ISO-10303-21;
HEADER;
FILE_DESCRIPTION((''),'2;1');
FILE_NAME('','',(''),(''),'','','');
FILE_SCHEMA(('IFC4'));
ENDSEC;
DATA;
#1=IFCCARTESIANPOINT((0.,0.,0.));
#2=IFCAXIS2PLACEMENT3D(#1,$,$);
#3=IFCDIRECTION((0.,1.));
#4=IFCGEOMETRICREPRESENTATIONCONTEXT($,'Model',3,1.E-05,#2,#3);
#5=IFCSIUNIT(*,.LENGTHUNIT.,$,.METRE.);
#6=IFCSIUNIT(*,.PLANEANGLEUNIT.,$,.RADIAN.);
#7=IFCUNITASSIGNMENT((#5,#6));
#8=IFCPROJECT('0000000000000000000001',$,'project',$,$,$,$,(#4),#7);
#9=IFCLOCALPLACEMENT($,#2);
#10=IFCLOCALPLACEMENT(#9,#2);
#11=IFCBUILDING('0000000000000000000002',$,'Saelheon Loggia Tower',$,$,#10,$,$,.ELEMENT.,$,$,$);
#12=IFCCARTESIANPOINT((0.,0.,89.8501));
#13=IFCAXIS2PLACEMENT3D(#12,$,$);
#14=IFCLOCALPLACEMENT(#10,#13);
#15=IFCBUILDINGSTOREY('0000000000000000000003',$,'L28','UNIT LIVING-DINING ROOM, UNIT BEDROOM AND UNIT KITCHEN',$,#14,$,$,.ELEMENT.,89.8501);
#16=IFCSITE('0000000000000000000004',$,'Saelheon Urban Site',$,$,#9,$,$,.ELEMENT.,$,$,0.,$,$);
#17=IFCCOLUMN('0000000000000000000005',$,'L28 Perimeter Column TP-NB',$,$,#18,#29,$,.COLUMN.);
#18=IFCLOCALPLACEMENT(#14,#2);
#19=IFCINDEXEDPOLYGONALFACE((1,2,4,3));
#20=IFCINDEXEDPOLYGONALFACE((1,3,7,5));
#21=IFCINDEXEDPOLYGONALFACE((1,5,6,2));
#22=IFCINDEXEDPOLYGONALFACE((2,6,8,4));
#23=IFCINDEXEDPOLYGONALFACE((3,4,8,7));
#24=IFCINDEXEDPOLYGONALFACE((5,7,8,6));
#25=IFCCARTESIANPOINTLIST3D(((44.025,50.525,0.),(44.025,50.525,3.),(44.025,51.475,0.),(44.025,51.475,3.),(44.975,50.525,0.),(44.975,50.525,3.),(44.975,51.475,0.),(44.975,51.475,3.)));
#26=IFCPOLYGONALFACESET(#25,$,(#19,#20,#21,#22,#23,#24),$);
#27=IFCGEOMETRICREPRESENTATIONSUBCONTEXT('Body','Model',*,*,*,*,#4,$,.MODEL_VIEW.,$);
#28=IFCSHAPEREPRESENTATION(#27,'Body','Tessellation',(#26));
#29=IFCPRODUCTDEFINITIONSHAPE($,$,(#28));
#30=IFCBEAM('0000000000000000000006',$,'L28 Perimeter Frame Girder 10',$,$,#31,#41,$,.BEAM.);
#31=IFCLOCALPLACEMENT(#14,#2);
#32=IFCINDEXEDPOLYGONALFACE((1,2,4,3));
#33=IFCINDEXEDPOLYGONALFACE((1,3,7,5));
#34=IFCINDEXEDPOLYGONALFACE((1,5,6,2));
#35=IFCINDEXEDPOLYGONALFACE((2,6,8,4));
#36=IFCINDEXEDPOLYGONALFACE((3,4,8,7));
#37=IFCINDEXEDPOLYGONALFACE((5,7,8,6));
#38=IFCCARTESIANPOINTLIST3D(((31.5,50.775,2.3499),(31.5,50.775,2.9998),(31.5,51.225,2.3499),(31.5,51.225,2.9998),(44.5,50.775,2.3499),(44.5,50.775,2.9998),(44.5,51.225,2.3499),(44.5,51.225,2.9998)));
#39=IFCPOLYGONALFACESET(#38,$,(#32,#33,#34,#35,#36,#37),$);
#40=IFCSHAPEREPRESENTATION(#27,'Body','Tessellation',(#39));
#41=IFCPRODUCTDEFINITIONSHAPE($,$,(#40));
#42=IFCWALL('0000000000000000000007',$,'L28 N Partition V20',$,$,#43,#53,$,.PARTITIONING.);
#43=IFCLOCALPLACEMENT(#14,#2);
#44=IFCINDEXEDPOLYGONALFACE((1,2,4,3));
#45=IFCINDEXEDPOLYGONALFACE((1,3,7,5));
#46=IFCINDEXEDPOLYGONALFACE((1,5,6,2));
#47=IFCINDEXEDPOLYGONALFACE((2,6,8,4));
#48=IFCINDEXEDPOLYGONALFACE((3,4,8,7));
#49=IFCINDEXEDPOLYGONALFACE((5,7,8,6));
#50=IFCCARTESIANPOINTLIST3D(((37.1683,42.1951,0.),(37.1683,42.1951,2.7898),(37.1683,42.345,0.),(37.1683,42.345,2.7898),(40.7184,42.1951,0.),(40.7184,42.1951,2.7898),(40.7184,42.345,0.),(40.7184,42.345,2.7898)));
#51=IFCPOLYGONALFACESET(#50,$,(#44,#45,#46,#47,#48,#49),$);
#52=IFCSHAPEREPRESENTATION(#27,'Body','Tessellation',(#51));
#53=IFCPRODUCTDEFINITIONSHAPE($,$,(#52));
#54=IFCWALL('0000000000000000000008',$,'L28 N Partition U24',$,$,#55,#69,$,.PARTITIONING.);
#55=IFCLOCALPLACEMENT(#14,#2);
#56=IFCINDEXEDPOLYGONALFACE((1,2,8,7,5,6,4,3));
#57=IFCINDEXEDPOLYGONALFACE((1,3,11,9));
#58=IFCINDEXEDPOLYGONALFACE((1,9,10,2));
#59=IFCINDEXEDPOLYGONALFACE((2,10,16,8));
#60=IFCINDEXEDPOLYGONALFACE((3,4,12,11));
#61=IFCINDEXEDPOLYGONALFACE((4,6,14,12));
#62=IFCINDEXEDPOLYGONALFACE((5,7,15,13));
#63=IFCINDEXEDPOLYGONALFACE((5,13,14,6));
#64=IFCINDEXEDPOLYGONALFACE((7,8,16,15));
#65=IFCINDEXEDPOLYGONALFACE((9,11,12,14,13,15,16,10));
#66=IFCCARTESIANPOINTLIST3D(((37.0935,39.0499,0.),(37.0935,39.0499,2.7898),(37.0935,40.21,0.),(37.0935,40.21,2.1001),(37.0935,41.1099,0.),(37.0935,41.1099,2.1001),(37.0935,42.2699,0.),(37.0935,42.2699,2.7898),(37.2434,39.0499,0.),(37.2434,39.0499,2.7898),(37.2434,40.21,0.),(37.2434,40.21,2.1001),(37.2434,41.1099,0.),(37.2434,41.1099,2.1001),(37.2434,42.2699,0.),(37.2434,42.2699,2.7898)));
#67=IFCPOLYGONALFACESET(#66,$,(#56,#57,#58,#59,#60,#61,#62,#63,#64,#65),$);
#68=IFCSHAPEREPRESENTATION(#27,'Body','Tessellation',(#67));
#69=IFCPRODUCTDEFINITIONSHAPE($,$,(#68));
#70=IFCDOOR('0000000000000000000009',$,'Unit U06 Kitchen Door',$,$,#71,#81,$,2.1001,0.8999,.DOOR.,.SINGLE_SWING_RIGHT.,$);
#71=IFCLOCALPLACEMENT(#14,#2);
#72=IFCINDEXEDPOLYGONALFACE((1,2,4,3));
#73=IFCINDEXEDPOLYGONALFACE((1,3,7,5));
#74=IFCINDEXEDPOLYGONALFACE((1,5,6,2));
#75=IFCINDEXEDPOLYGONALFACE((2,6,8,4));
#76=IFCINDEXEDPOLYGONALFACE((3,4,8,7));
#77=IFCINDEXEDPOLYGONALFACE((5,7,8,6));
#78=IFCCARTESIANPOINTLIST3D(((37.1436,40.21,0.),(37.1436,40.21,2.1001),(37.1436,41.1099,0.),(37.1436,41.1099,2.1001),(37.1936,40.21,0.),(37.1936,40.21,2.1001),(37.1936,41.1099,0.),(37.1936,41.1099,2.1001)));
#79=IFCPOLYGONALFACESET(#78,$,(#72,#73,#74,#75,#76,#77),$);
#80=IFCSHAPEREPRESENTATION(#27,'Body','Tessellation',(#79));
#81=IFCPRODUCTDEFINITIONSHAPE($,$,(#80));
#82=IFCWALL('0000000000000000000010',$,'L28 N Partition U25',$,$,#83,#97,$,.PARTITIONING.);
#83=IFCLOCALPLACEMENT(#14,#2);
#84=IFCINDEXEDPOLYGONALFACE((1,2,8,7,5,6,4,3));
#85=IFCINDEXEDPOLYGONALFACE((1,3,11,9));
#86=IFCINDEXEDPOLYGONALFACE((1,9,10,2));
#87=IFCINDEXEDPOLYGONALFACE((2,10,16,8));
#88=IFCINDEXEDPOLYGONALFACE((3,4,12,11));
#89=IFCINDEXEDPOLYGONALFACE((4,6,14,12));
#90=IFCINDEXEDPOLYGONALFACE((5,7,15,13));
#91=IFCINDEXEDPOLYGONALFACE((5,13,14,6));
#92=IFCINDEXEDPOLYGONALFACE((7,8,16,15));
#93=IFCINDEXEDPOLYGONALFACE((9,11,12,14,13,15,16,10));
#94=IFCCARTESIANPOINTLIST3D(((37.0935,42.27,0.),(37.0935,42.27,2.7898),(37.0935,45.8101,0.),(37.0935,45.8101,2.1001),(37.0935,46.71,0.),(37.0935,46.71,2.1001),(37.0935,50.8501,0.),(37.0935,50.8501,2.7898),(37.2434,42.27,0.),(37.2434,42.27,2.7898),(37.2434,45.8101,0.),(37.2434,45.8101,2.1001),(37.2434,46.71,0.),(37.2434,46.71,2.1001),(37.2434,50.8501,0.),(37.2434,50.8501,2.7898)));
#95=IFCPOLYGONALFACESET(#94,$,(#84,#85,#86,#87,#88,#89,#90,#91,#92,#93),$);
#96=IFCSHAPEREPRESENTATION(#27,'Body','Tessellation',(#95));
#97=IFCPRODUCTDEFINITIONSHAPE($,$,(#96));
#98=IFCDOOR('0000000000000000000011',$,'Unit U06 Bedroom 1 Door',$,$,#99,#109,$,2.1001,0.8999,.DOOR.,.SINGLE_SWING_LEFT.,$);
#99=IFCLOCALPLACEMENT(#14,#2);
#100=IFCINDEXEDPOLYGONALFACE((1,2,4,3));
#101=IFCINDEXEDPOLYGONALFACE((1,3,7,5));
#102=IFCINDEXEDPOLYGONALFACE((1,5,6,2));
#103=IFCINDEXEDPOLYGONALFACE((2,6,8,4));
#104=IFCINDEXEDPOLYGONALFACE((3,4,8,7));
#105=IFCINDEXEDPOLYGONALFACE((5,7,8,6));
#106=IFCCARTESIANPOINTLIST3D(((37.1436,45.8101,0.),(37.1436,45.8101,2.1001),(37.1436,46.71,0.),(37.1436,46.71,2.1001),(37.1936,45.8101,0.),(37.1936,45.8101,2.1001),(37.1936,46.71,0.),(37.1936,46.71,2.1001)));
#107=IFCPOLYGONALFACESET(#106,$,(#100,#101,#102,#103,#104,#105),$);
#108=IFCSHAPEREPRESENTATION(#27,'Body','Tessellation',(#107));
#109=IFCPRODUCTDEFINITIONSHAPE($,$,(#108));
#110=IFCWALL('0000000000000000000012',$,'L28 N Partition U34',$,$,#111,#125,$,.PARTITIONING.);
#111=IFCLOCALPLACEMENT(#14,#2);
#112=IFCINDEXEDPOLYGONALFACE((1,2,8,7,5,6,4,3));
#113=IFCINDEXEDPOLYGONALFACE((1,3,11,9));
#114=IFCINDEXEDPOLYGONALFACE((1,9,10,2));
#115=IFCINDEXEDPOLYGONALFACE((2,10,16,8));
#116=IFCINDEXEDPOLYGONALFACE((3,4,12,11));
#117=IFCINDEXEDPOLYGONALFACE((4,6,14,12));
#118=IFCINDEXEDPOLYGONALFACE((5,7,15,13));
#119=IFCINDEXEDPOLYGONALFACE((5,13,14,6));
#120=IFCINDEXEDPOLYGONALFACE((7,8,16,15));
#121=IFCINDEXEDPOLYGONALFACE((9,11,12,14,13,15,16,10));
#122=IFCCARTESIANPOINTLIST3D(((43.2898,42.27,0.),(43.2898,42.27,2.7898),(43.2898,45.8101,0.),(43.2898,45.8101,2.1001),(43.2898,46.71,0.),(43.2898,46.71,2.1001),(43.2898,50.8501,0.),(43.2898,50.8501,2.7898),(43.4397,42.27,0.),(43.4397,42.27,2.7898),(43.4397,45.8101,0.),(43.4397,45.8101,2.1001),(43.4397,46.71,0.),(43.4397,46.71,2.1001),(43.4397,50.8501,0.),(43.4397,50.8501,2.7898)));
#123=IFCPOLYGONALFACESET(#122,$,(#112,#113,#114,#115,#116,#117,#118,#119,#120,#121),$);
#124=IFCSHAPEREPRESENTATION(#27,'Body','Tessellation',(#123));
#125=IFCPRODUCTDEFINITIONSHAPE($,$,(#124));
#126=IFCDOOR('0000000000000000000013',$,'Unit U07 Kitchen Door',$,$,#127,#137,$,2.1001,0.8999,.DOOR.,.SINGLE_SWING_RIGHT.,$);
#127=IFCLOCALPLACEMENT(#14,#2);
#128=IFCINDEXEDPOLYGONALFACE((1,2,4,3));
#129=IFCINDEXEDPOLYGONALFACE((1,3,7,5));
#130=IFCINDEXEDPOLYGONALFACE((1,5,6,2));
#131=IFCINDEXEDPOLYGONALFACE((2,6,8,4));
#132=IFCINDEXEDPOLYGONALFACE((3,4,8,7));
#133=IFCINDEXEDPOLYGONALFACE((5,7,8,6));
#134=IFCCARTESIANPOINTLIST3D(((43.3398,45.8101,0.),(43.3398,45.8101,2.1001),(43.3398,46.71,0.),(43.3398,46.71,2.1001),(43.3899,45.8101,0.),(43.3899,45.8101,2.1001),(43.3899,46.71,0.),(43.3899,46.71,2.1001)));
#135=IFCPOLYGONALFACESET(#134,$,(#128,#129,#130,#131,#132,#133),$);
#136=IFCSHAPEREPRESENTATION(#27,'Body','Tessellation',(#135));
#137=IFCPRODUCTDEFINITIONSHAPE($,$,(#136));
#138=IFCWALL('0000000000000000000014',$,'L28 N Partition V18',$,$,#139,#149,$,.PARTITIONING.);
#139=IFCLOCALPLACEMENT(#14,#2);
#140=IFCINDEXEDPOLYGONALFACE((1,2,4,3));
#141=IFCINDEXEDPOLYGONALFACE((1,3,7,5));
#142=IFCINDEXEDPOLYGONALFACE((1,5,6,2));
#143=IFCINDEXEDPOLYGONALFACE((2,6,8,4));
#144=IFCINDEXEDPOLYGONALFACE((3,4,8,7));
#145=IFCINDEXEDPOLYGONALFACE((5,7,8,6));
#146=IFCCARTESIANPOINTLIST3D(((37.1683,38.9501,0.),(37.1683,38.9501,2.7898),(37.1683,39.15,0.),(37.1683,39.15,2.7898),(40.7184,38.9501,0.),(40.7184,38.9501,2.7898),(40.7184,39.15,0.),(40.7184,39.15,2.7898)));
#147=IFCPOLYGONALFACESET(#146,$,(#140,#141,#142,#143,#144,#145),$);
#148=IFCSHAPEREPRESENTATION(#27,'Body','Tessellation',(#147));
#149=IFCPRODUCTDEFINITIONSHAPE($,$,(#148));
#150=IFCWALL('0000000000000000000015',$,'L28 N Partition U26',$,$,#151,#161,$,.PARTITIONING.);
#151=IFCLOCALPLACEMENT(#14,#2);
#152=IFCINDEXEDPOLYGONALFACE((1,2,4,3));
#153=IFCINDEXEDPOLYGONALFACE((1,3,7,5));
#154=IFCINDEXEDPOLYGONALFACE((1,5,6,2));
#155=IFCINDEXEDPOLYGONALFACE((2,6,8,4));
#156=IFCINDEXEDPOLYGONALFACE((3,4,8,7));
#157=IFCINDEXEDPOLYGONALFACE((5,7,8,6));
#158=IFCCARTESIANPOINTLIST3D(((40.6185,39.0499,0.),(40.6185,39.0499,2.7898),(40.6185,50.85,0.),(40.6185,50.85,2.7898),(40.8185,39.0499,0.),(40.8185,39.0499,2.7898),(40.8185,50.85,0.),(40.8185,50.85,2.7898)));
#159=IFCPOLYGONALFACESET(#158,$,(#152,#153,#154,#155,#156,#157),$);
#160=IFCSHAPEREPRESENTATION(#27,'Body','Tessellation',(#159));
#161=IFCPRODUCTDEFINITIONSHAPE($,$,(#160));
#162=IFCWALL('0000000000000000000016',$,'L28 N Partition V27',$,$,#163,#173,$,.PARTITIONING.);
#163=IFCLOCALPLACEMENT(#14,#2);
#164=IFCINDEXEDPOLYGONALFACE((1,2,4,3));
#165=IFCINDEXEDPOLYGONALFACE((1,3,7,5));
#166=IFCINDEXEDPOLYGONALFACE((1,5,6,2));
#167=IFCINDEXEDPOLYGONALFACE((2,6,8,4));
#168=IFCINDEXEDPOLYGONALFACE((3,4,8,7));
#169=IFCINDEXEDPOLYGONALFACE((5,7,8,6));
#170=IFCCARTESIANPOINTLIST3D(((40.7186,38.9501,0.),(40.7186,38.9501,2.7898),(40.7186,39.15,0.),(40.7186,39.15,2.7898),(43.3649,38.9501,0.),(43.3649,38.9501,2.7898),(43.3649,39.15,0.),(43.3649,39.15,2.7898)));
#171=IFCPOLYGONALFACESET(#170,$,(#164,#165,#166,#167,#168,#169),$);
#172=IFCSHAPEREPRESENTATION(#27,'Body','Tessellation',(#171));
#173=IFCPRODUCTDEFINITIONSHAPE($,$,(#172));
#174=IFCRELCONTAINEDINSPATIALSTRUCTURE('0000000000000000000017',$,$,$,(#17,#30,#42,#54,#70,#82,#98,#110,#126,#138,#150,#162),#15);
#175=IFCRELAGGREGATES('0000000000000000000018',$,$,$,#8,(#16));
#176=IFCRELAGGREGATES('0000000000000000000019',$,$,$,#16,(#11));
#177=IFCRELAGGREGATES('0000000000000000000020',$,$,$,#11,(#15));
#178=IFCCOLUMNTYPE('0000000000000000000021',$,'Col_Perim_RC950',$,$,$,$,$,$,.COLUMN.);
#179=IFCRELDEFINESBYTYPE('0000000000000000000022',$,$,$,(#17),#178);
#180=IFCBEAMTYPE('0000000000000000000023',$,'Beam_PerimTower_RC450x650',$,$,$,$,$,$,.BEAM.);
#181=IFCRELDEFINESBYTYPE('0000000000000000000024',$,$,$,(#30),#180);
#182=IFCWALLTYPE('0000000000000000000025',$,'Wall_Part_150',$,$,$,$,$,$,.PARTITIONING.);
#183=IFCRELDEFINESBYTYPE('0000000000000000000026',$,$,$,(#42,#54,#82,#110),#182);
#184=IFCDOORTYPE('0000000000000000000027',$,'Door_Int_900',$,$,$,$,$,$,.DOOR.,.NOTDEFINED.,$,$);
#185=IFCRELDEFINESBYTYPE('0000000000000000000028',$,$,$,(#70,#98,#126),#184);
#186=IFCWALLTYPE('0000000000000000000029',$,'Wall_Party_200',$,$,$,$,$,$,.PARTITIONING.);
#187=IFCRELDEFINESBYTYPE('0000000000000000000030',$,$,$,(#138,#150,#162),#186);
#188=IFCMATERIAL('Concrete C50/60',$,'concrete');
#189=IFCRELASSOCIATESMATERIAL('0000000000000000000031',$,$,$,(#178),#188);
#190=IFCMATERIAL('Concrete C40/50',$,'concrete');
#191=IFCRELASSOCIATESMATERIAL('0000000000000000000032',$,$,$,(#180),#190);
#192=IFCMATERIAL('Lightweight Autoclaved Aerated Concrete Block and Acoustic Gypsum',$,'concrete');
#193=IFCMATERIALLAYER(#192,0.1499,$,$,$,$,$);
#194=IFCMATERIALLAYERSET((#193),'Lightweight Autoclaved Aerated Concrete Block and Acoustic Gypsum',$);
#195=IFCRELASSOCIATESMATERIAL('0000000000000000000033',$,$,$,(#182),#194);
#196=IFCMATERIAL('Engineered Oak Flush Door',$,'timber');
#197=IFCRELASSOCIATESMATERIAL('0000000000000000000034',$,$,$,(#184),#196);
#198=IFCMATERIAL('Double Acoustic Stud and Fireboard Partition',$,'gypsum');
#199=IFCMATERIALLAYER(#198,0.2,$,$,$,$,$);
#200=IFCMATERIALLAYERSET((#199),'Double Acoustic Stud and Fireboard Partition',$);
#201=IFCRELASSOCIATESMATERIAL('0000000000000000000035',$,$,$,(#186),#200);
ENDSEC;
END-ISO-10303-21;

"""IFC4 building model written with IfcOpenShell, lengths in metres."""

from ifc_helpers import new_model, si_unit, direction, frame, frame_2d, origin, origin_2d, place, context, subcontext, project, spatial, rectangle, extrude, source, transform, mapped, material, layer, layer_set, material_profile, profile_set, type_object, element, fill, save


model = new_model("IFC4")

# Units and contexts
model_context = context("Model", 3, precision=1e-05, world=origin(), true_north=direction((0.0, 1.0)))
body_context = subcontext(model_context, "Body", "Model", "MODEL_VIEW")
ifc_project = project(units=[si_unit("LENGTHUNIT", "METRE"), si_unit("PLANEANGLEUNIT", "RADIAN")], contexts=[model_context])

# Site, building, storey
site_placement = place(None, origin())
site = spatial("IfcSite", under=ifc_project, at=site_placement, Name="Saelheon Urban Site", CompositionType="ELEMENT", RefElevation=0.0)
building_placement = place(site_placement, origin())
building = spatial("IfcBuilding", under=site, at=building_placement, Name="Saelheon Loggia Tower", CompositionType="ELEMENT")
storey_placement = place(building_placement, frame((0.0, 0.0, 89.8501)))
storey = spatial("IfcBuildingStorey", under=building, at=storey_placement, Name="L28", Description="UNIT LIVING-DINING ROOM, UNIT BEDROOM AND UNIT KITCHEN", CompositionType="ELEMENT", Elevation=89.8501)

# Column
ifc_material_1 = material(Name="Concrete C50/60", Category="concrete")
ifc_material_profile_1 = material_profile(ifc_material_1, rectangle(XDim=0.95, YDim=0.95, at=origin_2d()), Name="RC-950x950")
ifc_profile_set_1 = profile_set([ifc_material_profile_1], Name="Concrete C50/60")
column_type = type_object("IfcColumnType", Name="Col_Perim_RC950", PredefinedType="COLUMN", material=ifc_profile_set_1)
shared_shape_1 = source(origin(), body_context, "Body", "SweptSolid", [
    extrude(rectangle(XDim=0.95, YDim=0.95, at=origin_2d()), origin(), (0.0, 0.0, 1.0), 3.0),
])
column_placement = place(storey_placement, frame((44.5, 51.0, 0.0), z_axis=(0.0, 0.0, 1.0), x_axis=(1.0, 0.0, 0.0)))
element("IfcColumn", 1, at=column_placement, inside=storey, type_object=column_type, Name="L28 Perimeter Column TP-NB", PredefinedType="COLUMN", context=body_context, shape_type="MappedRepresentation", body=[
    mapped(shared_shape_1, transform((0.0, 0.0, 0.0), scale=1.0)),
])

# Beam
ifc_material_2 = material(Name="Concrete C40/50", Category="concrete")
ifc_material_profile_2 = material_profile(ifc_material_2, rectangle(XDim=0.45, YDim=0.6499, at=origin_2d()), Name="RC-450x650")
ifc_profile_set_2 = profile_set([ifc_material_profile_2], Name="Concrete C40/50")
beam_type = type_object("IfcBeamType", Name="Beam_PerimTower_RC450x650", PredefinedType="BEAM", material=ifc_profile_set_2)
shared_shape_2 = source(origin(), body_context, "Body", "SweptSolid", [
    extrude(rectangle(XDim=0.45, YDim=0.6499, at=origin_2d()), origin(), (0.0, 0.0, 1.0), 13.0),
])
beam_placement = place(storey_placement, frame((44.5, 51.0, 2.6748), z_axis=(-1.0, 0.0, 0.0), x_axis=(0.0, -1.0, 0.0)))
element("IfcBeam", 2, at=beam_placement, inside=storey, type_object=beam_type, Name="L28 Perimeter Frame Girder 10", PredefinedType="BEAM", context=body_context, shape_type="MappedRepresentation", body=[
    mapped(shared_shape_2, transform((0.0, 0.0, 0.0), scale=1.0)),
])

# Wall
ifc_material_3 = material(Name="Lightweight Autoclaved Aerated Concrete Block and Acoustic Gypsum", Category="concrete")
ifc_layer_1 = layer(ifc_material_3, 0.1499)
ifc_layer_set_1 = layer_set([ifc_layer_1], Name="Lightweight Autoclaved Aerated Concrete Block and Acoustic Gypsum")
wall_type_1 = type_object("IfcWallType", Name="Wall_Part_150", PredefinedType="PARTITIONING", material=ifc_layer_set_1)
wall_1_placement = place(storey_placement, frame((37.1685, 42.27, 0.0), z_axis=(0.0, 0.0, 1.0), x_axis=(1.0, 0.0, 0.0)))
element("IfcWall", 3, at=wall_1_placement, inside=storey, type_object=wall_type_1, Name="L28 N Partition V20", PredefinedType="PARTITIONING", context=body_context, shape_type="SweptSolid", body=[
    extrude(rectangle(XDim=3.55, YDim=0.1499, at=frame_2d((1.7749, 0.0))), origin(), (0.0, 0.0, 1.0), 2.7898),
])

# Walls, openings, doors
wall_2_placement = place(storey_placement, frame((37.1685, 39.05, 0.0), z_axis=(0.0, 0.0, 1.0), x_axis=(0.0, 1.0, 0.0)))
wall_2 = element("IfcWall", 4, at=wall_2_placement, inside=storey, type_object=wall_type_1, Name="L28 N Partition U24", PredefinedType="PARTITIONING", context=body_context, shape_type="SweptSolid", body=[
    extrude(rectangle(XDim=3.22, YDim=0.1499, at=frame_2d((1.6099, 0.0))), origin(), (0.0, 0.0, 1.0), 2.7898),
])
opening_1_placement = place(wall_2_placement, frame((1.1599, 0.0, 0.0)))
opening_1 = element("IfcOpeningElement", 5, at=opening_1_placement, cuts=wall_2, PredefinedType="OPENING", context=body_context, shape_type="SweptSolid", body=[
    extrude(rectangle(XDim=0.8999, YDim=2.1001, at=frame_2d((0.45, 1.05))), frame((0.0, 0.0869, 0.0), z_axis=(0.0, -1.0, 0.0), x_axis=(1.0, 0.0, 0.0)), (0.0, 0.0, 1.0), 0.1738),
])
ifc_material_4 = material(Name="Engineered Oak Flush Door", Category="timber")
door_type_1 = type_object("IfcDoorType", Name="Door_Int_900", OperationType="NOTDEFINED", PredefinedType="DOOR", material=ifc_material_4)
shared_shape_3 = source(origin(), body_context, "Body", "SweptSolid", [
    extrude(rectangle(XDim=0.8999, YDim=2.1001, at=frame_2d((0.45, 1.05))), frame((0.0, 0.0249, 0.0), z_axis=(0.0, -1.0, 0.0), x_axis=(1.0, 0.0, 0.0)), (0.0, 0.0, 1.0), 0.05),
])
door_1_placement = place(opening_1_placement, origin())
door_1 = element("IfcDoor", 6, at=door_1_placement, inside=storey, type_object=door_type_1, Name="Unit U06 Kitchen Door", OperationType="SINGLE_SWING_RIGHT", OverallHeight=2.1001, OverallWidth=0.8999, PredefinedType="DOOR", context=body_context, shape_type="MappedRepresentation", body=[
    mapped(shared_shape_3, transform((0.0, 0.0, 0.0), scale=1.0)),
])
fill(opening_1, door_1)
wall_3_placement = place(storey_placement, frame((37.1685, 42.27, 0.0), z_axis=(0.0, 0.0, 1.0), x_axis=(0.0, 1.0, 0.0)))
wall_3 = element("IfcWall", 7, at=wall_3_placement, inside=storey, type_object=wall_type_1, Name="L28 N Partition U25", PredefinedType="PARTITIONING", context=body_context, shape_type="SweptSolid", body=[
    extrude(rectangle(XDim=8.5801, YDim=0.1499, at=frame_2d((4.29, 0.0))), origin(), (0.0, 0.0, 1.0), 2.7898),
])
opening_2_placement = place(wall_3_placement, frame((3.54, 0.0, 0.0)))
opening_2 = element("IfcOpeningElement", 8, at=opening_2_placement, cuts=wall_3, PredefinedType="OPENING", context=body_context, shape_type="SweptSolid", body=[
    extrude(rectangle(XDim=0.8999, YDim=2.1001, at=frame_2d((0.45, 1.05))), frame((0.0, 0.0869, 0.0), z_axis=(0.0, -1.0, 0.0), x_axis=(1.0, 0.0, 0.0)), (0.0, 0.0, 1.0), 0.1738),
])
door_2_placement = place(opening_2_placement, origin())
door_2 = element("IfcDoor", 9, at=door_2_placement, inside=storey, type_object=door_type_1, Name="Unit U06 Bedroom 1 Door", OperationType="SINGLE_SWING_LEFT", OverallHeight=2.1001, OverallWidth=0.8999, PredefinedType="DOOR", context=body_context, shape_type="MappedRepresentation", body=[
    mapped(shared_shape_3, transform((0.0, 0.0, 0.0), scale=1.0)),
])
fill(opening_2, door_2)
wall_4_placement = place(storey_placement, frame((43.3647, 42.27, 0.0), z_axis=(0.0, 0.0, 1.0), x_axis=(0.0, 1.0, 0.0)))
wall_4 = element("IfcWall", 10, at=wall_4_placement, inside=storey, type_object=wall_type_1, Name="L28 N Partition U34", PredefinedType="PARTITIONING", context=body_context, shape_type="SweptSolid", body=[
    extrude(rectangle(XDim=8.5801, YDim=0.1499, at=frame_2d((4.29, 0.0))), origin(), (0.0, 0.0, 1.0), 2.7898),
])
opening_3_placement = place(wall_4_placement, frame((3.54, 0.0, 0.0)))
opening_3 = element("IfcOpeningElement", 11, at=opening_3_placement, cuts=wall_4, PredefinedType="OPENING", context=body_context, shape_type="SweptSolid", body=[
    extrude(rectangle(XDim=0.8999, YDim=2.1001, at=frame_2d((0.45, 1.05))), frame((0.0, 0.0869, 0.0), z_axis=(0.0, -1.0, 0.0), x_axis=(1.0, 0.0, 0.0)), (0.0, 0.0, 1.0), 0.1738),
])
door_3_placement = place(opening_3_placement, origin())
door_3 = element("IfcDoor", 12, at=door_3_placement, inside=storey, type_object=door_type_1, Name="Unit U07 Kitchen Door", OperationType="SINGLE_SWING_RIGHT", OverallHeight=2.1001, OverallWidth=0.8999, PredefinedType="DOOR", context=body_context, shape_type="MappedRepresentation", body=[
    mapped(shared_shape_3, transform((0.0, 0.0, 0.0), scale=1.0)),
])
fill(opening_3, door_3)

# Walls
ifc_material_5 = material(Name="Double Acoustic Stud and Fireboard Partition", Category="gypsum")
ifc_layer_2 = layer(ifc_material_5, 0.2)
ifc_layer_set_2 = layer_set([ifc_layer_2], Name="Double Acoustic Stud and Fireboard Partition")
wall_type_2 = type_object("IfcWallType", Name="Wall_Party_200", PredefinedType="PARTITIONING", material=ifc_layer_set_2)
wall_5_placement = place(storey_placement, frame((37.1685, 39.05, 0.0), z_axis=(0.0, 0.0, 1.0), x_axis=(1.0, 0.0, 0.0)))
element("IfcWall", 13, at=wall_5_placement, inside=storey, type_object=wall_type_2, Name="L28 N Partition V18", PredefinedType="PARTITIONING", context=body_context, shape_type="SweptSolid", body=[
    extrude(rectangle(XDim=3.55, YDim=0.2, at=frame_2d((1.7749, 0.0))), origin(), (0.0, 0.0, 1.0), 2.7898),
])
wall_6_placement = place(storey_placement, frame((40.7185, 39.05, 0.0), z_axis=(0.0, 0.0, 1.0), x_axis=(0.0, 1.0, 0.0)))
element("IfcWall", 14, at=wall_6_placement, inside=storey, type_object=wall_type_2, Name="L28 N Partition U26", PredefinedType="PARTITIONING", context=body_context, shape_type="SweptSolid", body=[
    extrude(rectangle(XDim=11.8, YDim=0.2, at=frame_2d((5.8999, 0.0))), origin(), (0.0, 0.0, 1.0), 2.7898),
])
wall_7_placement = place(storey_placement, frame((40.7185, 39.05, 0.0), z_axis=(0.0, 0.0, 1.0), x_axis=(1.0, 0.0, 0.0)))
element("IfcWall", 15, at=wall_7_placement, inside=storey, type_object=wall_type_2, Name="L28 N Partition V27", PredefinedType="PARTITIONING", context=body_context, shape_type="SweptSolid", body=[
    extrude(rectangle(XDim=2.6462, YDim=0.2, at=frame_2d((1.3232, 0.0))), origin(), (0.0, 0.0, 1.0), 2.7898),
])

save(model, "model.ifc")
